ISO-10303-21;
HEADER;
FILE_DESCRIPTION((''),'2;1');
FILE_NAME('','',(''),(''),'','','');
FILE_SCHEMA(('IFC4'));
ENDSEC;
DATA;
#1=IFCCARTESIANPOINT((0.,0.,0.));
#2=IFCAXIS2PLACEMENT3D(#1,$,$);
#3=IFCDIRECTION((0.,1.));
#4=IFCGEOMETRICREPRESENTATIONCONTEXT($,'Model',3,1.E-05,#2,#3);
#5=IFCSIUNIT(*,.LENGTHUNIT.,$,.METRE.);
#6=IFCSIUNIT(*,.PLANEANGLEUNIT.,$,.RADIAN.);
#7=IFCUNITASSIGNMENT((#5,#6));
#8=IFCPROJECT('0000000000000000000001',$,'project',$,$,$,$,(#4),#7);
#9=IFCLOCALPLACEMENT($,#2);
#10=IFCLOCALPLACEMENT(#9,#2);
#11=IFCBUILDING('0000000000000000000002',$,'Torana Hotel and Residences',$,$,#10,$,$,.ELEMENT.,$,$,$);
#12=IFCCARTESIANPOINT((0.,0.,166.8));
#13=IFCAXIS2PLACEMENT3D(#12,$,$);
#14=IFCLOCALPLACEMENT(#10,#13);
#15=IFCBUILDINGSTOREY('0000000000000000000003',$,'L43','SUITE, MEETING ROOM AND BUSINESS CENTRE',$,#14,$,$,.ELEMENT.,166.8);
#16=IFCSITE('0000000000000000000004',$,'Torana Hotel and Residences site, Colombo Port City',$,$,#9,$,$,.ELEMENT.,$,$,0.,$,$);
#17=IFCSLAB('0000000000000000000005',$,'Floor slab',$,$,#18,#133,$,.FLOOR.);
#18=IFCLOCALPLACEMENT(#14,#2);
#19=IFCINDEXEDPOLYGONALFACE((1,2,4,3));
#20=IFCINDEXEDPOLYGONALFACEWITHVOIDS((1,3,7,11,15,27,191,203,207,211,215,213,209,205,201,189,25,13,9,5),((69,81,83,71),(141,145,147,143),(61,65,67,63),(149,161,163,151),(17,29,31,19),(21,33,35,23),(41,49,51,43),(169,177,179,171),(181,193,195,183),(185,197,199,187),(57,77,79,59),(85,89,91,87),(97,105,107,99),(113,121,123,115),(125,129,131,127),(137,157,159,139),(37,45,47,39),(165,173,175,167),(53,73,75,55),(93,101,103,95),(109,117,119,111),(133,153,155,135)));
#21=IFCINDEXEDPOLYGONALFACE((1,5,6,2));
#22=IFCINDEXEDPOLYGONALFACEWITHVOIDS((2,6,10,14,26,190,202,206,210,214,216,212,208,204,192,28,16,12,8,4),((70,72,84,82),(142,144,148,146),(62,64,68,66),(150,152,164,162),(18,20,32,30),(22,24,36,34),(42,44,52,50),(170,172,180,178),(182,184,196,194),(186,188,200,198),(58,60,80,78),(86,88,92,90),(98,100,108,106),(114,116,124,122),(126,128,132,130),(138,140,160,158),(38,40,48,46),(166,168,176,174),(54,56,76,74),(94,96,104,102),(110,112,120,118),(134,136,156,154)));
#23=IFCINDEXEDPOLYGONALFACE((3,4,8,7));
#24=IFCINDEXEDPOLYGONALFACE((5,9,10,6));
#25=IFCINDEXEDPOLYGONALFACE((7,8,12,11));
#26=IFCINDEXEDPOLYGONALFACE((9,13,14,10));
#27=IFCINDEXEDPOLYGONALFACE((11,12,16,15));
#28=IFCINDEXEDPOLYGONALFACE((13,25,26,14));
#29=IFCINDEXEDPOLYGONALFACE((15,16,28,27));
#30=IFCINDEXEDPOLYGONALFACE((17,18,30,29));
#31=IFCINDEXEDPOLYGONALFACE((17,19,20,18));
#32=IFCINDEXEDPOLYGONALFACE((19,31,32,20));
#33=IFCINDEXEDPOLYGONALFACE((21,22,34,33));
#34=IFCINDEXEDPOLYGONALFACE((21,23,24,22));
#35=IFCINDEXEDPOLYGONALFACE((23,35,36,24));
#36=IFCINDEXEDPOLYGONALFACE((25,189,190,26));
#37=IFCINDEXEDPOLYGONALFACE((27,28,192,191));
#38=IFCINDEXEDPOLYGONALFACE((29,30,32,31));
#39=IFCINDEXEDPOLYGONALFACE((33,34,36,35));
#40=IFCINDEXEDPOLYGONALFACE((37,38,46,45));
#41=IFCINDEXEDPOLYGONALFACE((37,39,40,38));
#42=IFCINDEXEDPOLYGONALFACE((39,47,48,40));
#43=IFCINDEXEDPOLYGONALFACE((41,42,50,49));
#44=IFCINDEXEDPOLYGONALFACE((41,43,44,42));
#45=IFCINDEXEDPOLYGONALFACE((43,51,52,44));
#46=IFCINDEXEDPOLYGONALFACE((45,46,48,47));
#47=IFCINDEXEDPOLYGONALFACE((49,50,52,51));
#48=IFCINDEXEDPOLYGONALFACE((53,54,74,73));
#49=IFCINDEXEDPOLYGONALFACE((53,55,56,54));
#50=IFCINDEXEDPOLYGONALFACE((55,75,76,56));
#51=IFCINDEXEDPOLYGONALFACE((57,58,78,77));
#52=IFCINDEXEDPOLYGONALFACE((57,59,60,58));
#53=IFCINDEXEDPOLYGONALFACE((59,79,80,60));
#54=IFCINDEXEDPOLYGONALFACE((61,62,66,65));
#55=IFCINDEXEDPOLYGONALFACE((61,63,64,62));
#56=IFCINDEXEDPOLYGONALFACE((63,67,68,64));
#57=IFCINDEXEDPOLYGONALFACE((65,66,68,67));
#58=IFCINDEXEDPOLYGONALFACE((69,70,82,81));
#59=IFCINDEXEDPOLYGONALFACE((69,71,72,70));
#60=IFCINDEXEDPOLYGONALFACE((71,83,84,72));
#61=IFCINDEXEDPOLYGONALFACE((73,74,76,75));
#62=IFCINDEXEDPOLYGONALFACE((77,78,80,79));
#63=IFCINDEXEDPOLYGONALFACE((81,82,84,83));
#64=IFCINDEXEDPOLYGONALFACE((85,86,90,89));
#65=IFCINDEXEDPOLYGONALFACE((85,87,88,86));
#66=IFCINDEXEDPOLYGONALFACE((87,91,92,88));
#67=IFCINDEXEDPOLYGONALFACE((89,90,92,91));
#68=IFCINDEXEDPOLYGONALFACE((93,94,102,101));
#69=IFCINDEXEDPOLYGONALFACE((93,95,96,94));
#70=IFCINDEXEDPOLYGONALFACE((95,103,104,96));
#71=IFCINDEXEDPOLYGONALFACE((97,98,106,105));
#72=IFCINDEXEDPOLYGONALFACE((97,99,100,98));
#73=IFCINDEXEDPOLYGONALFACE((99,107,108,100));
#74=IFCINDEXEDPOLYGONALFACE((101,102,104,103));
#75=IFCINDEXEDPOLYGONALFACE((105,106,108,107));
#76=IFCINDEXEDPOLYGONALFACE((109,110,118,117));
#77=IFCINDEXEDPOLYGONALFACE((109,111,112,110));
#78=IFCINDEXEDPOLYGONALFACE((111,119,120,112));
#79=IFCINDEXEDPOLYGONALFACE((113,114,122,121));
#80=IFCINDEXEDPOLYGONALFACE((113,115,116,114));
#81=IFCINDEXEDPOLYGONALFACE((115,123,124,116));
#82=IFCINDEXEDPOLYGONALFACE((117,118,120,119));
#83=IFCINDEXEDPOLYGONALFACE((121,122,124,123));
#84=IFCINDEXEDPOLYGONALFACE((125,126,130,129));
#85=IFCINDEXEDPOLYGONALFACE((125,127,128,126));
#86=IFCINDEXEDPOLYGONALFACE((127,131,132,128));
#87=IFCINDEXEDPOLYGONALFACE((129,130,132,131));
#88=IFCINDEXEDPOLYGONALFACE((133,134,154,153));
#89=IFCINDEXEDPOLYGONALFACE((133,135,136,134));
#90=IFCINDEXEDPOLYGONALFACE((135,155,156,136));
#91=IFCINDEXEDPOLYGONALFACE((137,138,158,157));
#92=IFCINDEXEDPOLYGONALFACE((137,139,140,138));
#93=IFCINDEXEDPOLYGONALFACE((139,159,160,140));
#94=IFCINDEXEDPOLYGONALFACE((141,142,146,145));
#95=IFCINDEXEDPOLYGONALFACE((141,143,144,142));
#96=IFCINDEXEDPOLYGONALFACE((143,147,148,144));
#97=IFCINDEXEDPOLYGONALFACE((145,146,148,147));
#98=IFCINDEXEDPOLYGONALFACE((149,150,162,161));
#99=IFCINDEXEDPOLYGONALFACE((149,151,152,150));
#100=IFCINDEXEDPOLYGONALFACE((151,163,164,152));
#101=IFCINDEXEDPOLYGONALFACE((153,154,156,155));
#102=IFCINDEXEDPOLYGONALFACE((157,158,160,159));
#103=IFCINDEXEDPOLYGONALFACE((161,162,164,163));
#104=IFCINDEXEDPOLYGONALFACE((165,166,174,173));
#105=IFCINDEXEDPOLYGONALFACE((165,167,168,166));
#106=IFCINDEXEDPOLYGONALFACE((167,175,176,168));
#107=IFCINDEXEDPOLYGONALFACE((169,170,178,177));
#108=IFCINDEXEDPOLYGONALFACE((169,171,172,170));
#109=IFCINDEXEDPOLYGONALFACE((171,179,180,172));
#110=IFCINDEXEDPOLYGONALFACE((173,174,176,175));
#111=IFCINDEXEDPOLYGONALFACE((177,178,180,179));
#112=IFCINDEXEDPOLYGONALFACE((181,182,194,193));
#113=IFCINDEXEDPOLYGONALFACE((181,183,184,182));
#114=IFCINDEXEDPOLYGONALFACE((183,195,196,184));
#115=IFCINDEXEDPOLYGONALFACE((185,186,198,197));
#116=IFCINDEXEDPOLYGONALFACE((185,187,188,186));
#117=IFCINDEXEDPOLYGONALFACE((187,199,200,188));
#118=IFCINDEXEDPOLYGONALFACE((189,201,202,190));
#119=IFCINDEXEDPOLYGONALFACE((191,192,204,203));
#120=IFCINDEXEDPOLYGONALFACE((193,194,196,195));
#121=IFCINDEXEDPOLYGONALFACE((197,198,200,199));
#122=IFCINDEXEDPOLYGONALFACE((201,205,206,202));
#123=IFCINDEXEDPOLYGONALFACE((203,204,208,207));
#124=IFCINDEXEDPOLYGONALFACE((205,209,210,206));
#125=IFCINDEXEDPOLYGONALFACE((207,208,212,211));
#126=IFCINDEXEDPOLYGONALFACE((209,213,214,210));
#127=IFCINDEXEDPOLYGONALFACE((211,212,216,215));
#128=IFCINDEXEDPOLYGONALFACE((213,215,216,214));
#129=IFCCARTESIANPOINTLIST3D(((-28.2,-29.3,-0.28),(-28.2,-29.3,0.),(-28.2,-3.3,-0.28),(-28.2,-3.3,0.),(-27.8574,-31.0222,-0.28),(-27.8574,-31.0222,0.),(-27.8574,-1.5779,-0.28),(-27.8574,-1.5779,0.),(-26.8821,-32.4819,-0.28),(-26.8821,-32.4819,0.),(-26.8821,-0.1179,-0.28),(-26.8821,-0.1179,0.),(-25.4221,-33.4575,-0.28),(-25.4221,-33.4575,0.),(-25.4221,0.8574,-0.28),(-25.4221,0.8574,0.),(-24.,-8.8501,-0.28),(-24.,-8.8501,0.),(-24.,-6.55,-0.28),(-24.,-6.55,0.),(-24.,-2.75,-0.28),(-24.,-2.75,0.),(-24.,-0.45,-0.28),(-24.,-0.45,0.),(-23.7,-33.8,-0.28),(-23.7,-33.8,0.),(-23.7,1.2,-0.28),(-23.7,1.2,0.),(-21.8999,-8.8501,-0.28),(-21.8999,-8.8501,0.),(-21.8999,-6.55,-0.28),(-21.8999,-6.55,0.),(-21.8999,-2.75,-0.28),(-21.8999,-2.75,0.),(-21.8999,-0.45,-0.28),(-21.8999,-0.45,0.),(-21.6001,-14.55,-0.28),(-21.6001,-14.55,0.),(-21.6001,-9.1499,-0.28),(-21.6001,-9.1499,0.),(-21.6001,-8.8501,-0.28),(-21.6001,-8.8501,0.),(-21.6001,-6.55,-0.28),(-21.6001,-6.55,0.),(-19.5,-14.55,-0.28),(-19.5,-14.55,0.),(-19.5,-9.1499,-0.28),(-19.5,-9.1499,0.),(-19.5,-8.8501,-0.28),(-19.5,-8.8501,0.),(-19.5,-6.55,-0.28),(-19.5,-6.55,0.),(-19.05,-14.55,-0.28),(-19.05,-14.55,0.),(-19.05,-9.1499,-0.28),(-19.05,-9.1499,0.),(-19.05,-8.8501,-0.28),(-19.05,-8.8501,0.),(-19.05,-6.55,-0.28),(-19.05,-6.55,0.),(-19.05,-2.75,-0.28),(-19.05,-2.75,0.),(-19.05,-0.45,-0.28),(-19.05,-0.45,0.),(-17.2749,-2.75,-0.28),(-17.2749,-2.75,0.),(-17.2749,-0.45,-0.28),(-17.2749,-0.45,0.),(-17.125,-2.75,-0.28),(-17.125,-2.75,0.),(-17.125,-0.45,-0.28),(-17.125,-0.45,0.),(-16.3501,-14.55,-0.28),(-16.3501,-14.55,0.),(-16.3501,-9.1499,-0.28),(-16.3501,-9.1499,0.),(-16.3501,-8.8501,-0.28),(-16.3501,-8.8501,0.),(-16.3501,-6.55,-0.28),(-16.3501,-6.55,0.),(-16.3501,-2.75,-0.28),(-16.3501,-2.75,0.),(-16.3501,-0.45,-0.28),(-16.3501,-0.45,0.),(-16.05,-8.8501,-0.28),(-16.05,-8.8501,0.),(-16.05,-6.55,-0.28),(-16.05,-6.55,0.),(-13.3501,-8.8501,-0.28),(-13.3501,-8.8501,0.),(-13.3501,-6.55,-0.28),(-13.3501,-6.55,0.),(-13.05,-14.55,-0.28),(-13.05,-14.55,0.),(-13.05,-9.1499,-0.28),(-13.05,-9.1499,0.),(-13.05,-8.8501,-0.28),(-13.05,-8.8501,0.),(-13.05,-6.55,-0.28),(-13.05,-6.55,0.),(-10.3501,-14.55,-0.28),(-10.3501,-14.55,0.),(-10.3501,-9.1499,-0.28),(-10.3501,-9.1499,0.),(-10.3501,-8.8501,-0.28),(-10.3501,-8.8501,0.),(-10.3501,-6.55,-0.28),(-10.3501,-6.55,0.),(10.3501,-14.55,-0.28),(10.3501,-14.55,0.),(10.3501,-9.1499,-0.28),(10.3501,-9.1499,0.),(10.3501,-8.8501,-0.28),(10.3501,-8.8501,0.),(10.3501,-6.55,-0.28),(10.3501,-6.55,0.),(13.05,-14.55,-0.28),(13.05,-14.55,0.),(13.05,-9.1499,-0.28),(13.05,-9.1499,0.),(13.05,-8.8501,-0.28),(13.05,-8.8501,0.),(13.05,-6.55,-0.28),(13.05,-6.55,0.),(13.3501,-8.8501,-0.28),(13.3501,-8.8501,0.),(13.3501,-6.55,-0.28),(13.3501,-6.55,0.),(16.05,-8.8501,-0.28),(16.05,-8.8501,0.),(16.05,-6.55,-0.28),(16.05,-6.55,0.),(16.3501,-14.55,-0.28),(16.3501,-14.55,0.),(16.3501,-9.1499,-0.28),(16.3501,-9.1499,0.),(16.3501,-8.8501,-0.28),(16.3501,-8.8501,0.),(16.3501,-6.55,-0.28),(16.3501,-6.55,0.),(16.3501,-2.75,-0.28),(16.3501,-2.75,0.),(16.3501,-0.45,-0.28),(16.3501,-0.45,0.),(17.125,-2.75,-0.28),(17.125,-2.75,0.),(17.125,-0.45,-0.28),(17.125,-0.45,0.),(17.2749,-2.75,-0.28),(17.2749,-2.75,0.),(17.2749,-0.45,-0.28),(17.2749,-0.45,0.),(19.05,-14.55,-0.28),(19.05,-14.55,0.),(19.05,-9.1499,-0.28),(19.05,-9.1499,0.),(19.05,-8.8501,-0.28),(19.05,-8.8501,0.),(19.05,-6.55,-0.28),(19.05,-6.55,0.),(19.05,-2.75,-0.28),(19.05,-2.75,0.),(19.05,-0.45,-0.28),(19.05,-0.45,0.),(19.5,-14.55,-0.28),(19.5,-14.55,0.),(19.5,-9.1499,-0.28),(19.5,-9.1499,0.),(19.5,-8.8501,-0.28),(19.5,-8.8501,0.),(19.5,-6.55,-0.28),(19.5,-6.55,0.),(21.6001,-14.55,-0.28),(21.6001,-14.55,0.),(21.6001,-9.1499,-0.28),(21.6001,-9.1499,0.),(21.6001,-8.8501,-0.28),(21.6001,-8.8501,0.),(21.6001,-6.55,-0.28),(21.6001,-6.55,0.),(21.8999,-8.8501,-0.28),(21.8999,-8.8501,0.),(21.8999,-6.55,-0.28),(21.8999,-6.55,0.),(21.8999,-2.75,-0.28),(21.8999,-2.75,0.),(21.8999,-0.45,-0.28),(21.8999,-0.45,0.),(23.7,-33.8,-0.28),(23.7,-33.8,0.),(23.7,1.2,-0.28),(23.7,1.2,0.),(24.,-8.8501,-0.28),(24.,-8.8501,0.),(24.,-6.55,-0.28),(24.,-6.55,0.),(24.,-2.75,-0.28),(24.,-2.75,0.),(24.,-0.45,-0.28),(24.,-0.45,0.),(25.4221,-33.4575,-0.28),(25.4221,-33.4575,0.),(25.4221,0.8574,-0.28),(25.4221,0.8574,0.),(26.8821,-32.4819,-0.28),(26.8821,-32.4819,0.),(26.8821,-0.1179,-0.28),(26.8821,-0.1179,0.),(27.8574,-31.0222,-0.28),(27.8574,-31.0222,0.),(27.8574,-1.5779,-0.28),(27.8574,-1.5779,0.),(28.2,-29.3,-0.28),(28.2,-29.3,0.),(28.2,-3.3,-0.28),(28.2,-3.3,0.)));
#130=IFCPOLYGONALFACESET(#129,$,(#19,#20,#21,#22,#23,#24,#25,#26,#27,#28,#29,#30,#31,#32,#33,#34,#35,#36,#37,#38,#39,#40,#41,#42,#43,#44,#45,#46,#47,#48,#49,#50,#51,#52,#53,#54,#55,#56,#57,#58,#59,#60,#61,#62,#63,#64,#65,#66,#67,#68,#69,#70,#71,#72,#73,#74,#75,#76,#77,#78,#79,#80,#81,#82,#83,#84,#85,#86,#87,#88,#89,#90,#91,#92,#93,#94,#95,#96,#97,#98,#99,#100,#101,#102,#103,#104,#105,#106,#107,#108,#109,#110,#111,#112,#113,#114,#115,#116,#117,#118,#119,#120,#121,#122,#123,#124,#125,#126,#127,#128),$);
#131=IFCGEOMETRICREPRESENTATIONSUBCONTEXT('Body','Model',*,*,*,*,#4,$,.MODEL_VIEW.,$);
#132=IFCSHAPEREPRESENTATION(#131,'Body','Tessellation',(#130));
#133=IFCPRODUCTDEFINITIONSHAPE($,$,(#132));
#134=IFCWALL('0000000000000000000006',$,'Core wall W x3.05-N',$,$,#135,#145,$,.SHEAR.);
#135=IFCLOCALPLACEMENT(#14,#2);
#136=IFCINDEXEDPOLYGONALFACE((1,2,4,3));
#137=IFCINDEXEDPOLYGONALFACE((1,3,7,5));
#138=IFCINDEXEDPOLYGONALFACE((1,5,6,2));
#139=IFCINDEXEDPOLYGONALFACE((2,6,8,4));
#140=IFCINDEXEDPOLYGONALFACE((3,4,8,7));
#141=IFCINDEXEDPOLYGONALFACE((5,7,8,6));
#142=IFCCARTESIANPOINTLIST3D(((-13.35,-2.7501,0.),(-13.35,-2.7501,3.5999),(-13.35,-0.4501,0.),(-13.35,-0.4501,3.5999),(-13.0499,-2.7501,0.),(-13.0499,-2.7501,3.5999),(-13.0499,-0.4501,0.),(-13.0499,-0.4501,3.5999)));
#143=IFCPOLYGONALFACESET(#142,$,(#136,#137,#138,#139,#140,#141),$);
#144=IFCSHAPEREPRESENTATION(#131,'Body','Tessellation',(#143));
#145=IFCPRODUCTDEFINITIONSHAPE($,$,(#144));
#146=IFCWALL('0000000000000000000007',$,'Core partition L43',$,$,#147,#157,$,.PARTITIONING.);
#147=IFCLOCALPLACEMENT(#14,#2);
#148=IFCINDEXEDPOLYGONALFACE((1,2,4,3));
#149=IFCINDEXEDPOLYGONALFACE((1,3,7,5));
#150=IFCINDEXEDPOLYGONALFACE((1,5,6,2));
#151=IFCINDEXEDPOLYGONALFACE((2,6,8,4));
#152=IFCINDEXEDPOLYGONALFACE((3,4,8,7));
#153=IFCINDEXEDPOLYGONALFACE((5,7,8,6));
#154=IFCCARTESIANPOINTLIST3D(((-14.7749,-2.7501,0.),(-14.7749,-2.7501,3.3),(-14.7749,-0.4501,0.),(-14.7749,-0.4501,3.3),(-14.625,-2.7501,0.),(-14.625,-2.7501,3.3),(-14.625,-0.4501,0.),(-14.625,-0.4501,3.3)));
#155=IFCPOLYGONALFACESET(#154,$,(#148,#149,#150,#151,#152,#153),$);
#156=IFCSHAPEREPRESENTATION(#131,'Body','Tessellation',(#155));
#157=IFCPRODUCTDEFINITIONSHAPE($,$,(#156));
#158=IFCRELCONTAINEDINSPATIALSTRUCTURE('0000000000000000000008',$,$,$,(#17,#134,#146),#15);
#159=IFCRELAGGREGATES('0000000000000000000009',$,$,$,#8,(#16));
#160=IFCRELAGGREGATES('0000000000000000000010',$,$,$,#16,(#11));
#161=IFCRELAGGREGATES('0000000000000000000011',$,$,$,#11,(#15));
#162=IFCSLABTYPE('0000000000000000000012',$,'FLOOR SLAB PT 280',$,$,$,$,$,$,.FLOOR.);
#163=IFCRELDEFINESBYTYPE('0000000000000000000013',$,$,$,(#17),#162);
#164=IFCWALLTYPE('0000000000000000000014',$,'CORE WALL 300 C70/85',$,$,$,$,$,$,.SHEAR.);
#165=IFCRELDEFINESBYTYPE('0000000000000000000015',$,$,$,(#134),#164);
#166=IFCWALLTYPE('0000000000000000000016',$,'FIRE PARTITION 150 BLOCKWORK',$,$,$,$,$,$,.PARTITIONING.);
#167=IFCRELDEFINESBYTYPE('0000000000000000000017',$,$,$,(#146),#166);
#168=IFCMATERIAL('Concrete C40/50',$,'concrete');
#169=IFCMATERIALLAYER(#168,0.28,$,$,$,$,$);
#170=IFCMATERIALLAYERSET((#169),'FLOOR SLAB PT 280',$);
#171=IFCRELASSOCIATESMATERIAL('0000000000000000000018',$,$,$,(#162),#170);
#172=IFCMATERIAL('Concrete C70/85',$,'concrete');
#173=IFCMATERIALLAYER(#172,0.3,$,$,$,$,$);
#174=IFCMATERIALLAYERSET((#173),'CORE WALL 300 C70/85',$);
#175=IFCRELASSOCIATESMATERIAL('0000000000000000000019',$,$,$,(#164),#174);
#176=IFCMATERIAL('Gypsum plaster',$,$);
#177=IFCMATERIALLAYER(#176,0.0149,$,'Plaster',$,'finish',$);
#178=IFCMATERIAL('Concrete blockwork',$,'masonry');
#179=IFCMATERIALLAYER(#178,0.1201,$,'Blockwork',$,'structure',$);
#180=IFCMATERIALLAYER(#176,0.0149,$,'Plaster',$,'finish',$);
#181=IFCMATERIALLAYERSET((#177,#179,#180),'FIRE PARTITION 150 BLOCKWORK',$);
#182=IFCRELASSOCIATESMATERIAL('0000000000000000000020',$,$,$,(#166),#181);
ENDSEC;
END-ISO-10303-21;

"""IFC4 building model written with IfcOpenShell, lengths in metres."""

from ifc_helpers import new_model, si_unit, direction, frame, frame_2d, origin, place, context, subcontext, project, spatial, polyline, rectangle, outline, extrude, material, layer, layer_set, type_object, element, save


model = new_model("IFC4")

# Units and contexts
model_context = context("Model", 3, precision=1e-05, world=origin(), true_north=direction((0.0, 1.0)))
body_context = subcontext(model_context, "Body", "Model", "MODEL_VIEW")
ifc_project = project(units=[si_unit("LENGTHUNIT", "METRE"), si_unit("PLANEANGLEUNIT", "RADIAN")], contexts=[model_context])

# Site, building, storey
site_placement = place(None, origin())
site = spatial("IfcSite", under=ifc_project, at=site_placement, Name="Torana Hotel and Residences site, Colombo Port City", CompositionType="ELEMENT", RefElevation=0.0)
building_placement = place(site_placement, origin())
building = spatial("IfcBuilding", under=site, at=building_placement, Name="Torana Hotel and Residences", CompositionType="ELEMENT")
storey_placement = place(building_placement, frame((0.0, 0.0, 166.8)))
storey = spatial("IfcBuildingStorey", under=building, at=storey_placement, Name="L43", Description="SUITE, MEETING ROOM AND BUSINESS CENTRE", CompositionType="ELEMENT", Elevation=166.8)

# Slab
ifc_material_1 = material(Name="Concrete C40/50", Category="concrete")
ifc_layer_1 = layer(ifc_material_1, 0.28)
ifc_layer_set_1 = layer_set([ifc_layer_1], Name="FLOOR SLAB PT 280")
slab_type_1 = type_object("IfcSlabType", Name="FLOOR SLAB PT 280", PredefinedType="FLOOR", material=ifc_layer_set_1)
slab_1_placement = place(storey_placement, frame((0.0, 0.0, -0.28)))
element("IfcSlab", 1, at=slab_1_placement, inside=storey, type_object=slab_type_1, Name="Floor slab", PredefinedType="FLOOR", context=body_context, shape_type="SweptSolid", body=[
    extrude(outline(polyline([(28.2, -3.3), (27.8574, -1.5779), (26.8821, -0.1179), (25.4221, 0.8574), (23.7, 1.2), (-23.7, 1.2), (-25.4221, 0.8574), (-26.8821, -0.1179), (-27.8574, -1.5779), (-28.2, -3.3), (-28.2, -29.3), (-27.8574, -31.0222), (-26.8821, -32.4819), (-25.4221, -33.4575), (-23.7, -33.8), (23.7, -33.8), (25.4221, -33.4575), (26.8821, -32.4819), (27.8574, -31.0222), (28.2, -29.3), (28.2, -3.3)]), holes=[polyline([(-13.05, -14.55), (-10.3501, -14.55), (-10.3501, -9.1499), (-13.05, -9.1499), (-13.05, -14.55)]), polyline([(-19.05, -14.55), (-16.3501, -14.55), (-16.3501, -9.1499), (-19.05, -9.1499), (-19.05, -14.55)]), polyline([(-17.125, -2.75), (-16.3501, -2.75), (-16.3501, -0.45), (-17.125, -0.45), (-17.125, -2.75)]), polyline([(-19.05, -2.75), (-17.2749, -2.75), (-17.2749, -0.45), (-19.05, -0.45), (-19.05, -2.75)]), polyline([(-21.6001, -8.8501), (-19.5, -8.8501), (-19.5, -6.55), (-21.6001, -6.55), (-21.6001, -8.8501)]), polyline([(-24.0, -2.75), (-21.8999, -2.75), (-21.8999, -0.45), (-24.0, -0.45), (-24.0, -2.75)]), polyline([(-24.0, -8.8501), (-21.8999, -8.8501), (-21.8999, -6.55), (-24.0, -6.55), (-24.0, -8.8501)]), polyline([(-13.05, -8.8501), (-10.3501, -8.8501), (-10.3501, -6.55), (-13.05, -6.55), (-13.05, -8.8501)]), polyline([(-16.05, -8.8501), (-13.3501, -8.8501), (-13.3501, -6.55), (-16.05, -6.55), (-16.05, -8.8501)]), polyline([(-19.05, -8.8501), (-16.3501, -8.8501), (-16.3501, -6.55), (-19.05, -6.55), (-19.05, -8.8501)]), polyline([(-21.6001, -14.55), (-19.5, -14.55), (-19.5, -9.1499), (-21.6001, -9.1499), (-21.6001, -14.55)]), polyline([(10.3501, -14.55), (13.05, -14.55), (13.05, -9.1499), (10.3501, -9.1499), (10.3501, -14.55)]), polyline([(16.3501, -14.55), (19.05, -14.55), (19.05, -9.1499), (16.3501, -9.1499), (16.3501, -14.55)]), polyline([(16.3501, -2.75), (17.125, -2.75), (17.125, -0.45), (16.3501, -0.45), (16.3501, -2.75)]), polyline([(17.2749, -2.75), (19.05, -2.75), (19.05, -0.45), (17.2749, -0.45), (17.2749, -2.75)]), polyline([(19.5, -8.8501), (21.6001, -8.8501), (21.6001, -6.55), (19.5, -6.55), (19.5, -8.8501)]), polyline([(21.8999, -2.75), (24.0, -2.75), (24.0, -0.45), (21.8999, -0.45), (21.8999, -2.75)]), polyline([(21.8999, -8.8501), (24.0, -8.8501), (24.0, -6.55), (21.8999, -6.55), (21.8999, -8.8501)]), polyline([(10.3501, -8.8501), (13.05, -8.8501), (13.05, -6.55), (10.3501, -6.55), (10.3501, -8.8501)]), polyline([(13.3501, -8.8501), (16.05, -8.8501), (16.05, -6.55), (13.3501, -6.55), (13.3501, -8.8501)]), polyline([(16.3501, -8.8501), (19.05, -8.8501), (19.05, -6.55), (16.3501, -6.55), (16.3501, -8.8501)]), polyline([(19.5, -14.55), (21.6001, -14.55), (21.6001, -9.1499), (19.5, -9.1499), (19.5, -14.55)])]), origin(), (0.0, 0.0, 1.0), 0.28),
])

# Walls
ifc_material_2 = material(Name="Concrete C70/85", Category="concrete")
ifc_layer_2 = layer(ifc_material_2, 0.3)
ifc_layer_set_2 = layer_set([ifc_layer_2], Name="CORE WALL 300 C70/85")
wall_type_1 = type_object("IfcWallType", Name="CORE WALL 300 C70/85", PredefinedType="SHEAR", material=ifc_layer_set_2)
wall_1_placement = place(storey_placement, frame((-13.2, -2.75, 0.0), z_axis=(0.0, 0.0, 1.0), x_axis=(0.0, 1.0, 0.0)))
element("IfcWall", 2, at=wall_1_placement, inside=storey, type_object=wall_type_1, Name="Core wall W x3.05-N", PredefinedType="SHEAR", context=body_context, shape_type="SweptSolid", body=[
    extrude(rectangle(XDim=2.3, YDim=0.3, at=frame_2d((1.1499, 0.0))), origin(), (0.0, 0.0, 1.0), 3.5999),
])
ifc_material_3 = material(Name="Gypsum plaster")
ifc_layer_3 = layer(ifc_material_3, 0.0149, Name="Plaster", Category="finish")
ifc_material_4 = material(Name="Concrete blockwork", Category="masonry")
ifc_layer_4 = layer(ifc_material_4, 0.1201, Name="Blockwork", Category="structure")
ifc_layer_5 = layer(ifc_material_3, 0.0149, Name="Plaster", Category="finish")
ifc_layer_set_3 = layer_set([ifc_layer_3, ifc_layer_4, ifc_layer_5], Name="FIRE PARTITION 150 BLOCKWORK")
wall_type_2 = type_object("IfcWallType", Name="FIRE PARTITION 150 BLOCKWORK", PredefinedType="PARTITIONING", material=ifc_layer_set_3)
wall_2_placement = place(storey_placement, frame((-14.7, -2.75, 0.0), z_axis=(0.0, 0.0, 1.0), x_axis=(0.0, 1.0, 0.0)))
element("IfcWall", 3, at=wall_2_placement, inside=storey, type_object=wall_type_2, Name="Core partition L43", PredefinedType="PARTITIONING", context=body_context, shape_type="SweptSolid", body=[
    extrude(rectangle(XDim=2.3, YDim=0.1499, at=frame_2d((1.1499, 0.0))), origin(), (0.0, 0.0, 1.0), 3.3),
])

save(model, "model.ifc")
